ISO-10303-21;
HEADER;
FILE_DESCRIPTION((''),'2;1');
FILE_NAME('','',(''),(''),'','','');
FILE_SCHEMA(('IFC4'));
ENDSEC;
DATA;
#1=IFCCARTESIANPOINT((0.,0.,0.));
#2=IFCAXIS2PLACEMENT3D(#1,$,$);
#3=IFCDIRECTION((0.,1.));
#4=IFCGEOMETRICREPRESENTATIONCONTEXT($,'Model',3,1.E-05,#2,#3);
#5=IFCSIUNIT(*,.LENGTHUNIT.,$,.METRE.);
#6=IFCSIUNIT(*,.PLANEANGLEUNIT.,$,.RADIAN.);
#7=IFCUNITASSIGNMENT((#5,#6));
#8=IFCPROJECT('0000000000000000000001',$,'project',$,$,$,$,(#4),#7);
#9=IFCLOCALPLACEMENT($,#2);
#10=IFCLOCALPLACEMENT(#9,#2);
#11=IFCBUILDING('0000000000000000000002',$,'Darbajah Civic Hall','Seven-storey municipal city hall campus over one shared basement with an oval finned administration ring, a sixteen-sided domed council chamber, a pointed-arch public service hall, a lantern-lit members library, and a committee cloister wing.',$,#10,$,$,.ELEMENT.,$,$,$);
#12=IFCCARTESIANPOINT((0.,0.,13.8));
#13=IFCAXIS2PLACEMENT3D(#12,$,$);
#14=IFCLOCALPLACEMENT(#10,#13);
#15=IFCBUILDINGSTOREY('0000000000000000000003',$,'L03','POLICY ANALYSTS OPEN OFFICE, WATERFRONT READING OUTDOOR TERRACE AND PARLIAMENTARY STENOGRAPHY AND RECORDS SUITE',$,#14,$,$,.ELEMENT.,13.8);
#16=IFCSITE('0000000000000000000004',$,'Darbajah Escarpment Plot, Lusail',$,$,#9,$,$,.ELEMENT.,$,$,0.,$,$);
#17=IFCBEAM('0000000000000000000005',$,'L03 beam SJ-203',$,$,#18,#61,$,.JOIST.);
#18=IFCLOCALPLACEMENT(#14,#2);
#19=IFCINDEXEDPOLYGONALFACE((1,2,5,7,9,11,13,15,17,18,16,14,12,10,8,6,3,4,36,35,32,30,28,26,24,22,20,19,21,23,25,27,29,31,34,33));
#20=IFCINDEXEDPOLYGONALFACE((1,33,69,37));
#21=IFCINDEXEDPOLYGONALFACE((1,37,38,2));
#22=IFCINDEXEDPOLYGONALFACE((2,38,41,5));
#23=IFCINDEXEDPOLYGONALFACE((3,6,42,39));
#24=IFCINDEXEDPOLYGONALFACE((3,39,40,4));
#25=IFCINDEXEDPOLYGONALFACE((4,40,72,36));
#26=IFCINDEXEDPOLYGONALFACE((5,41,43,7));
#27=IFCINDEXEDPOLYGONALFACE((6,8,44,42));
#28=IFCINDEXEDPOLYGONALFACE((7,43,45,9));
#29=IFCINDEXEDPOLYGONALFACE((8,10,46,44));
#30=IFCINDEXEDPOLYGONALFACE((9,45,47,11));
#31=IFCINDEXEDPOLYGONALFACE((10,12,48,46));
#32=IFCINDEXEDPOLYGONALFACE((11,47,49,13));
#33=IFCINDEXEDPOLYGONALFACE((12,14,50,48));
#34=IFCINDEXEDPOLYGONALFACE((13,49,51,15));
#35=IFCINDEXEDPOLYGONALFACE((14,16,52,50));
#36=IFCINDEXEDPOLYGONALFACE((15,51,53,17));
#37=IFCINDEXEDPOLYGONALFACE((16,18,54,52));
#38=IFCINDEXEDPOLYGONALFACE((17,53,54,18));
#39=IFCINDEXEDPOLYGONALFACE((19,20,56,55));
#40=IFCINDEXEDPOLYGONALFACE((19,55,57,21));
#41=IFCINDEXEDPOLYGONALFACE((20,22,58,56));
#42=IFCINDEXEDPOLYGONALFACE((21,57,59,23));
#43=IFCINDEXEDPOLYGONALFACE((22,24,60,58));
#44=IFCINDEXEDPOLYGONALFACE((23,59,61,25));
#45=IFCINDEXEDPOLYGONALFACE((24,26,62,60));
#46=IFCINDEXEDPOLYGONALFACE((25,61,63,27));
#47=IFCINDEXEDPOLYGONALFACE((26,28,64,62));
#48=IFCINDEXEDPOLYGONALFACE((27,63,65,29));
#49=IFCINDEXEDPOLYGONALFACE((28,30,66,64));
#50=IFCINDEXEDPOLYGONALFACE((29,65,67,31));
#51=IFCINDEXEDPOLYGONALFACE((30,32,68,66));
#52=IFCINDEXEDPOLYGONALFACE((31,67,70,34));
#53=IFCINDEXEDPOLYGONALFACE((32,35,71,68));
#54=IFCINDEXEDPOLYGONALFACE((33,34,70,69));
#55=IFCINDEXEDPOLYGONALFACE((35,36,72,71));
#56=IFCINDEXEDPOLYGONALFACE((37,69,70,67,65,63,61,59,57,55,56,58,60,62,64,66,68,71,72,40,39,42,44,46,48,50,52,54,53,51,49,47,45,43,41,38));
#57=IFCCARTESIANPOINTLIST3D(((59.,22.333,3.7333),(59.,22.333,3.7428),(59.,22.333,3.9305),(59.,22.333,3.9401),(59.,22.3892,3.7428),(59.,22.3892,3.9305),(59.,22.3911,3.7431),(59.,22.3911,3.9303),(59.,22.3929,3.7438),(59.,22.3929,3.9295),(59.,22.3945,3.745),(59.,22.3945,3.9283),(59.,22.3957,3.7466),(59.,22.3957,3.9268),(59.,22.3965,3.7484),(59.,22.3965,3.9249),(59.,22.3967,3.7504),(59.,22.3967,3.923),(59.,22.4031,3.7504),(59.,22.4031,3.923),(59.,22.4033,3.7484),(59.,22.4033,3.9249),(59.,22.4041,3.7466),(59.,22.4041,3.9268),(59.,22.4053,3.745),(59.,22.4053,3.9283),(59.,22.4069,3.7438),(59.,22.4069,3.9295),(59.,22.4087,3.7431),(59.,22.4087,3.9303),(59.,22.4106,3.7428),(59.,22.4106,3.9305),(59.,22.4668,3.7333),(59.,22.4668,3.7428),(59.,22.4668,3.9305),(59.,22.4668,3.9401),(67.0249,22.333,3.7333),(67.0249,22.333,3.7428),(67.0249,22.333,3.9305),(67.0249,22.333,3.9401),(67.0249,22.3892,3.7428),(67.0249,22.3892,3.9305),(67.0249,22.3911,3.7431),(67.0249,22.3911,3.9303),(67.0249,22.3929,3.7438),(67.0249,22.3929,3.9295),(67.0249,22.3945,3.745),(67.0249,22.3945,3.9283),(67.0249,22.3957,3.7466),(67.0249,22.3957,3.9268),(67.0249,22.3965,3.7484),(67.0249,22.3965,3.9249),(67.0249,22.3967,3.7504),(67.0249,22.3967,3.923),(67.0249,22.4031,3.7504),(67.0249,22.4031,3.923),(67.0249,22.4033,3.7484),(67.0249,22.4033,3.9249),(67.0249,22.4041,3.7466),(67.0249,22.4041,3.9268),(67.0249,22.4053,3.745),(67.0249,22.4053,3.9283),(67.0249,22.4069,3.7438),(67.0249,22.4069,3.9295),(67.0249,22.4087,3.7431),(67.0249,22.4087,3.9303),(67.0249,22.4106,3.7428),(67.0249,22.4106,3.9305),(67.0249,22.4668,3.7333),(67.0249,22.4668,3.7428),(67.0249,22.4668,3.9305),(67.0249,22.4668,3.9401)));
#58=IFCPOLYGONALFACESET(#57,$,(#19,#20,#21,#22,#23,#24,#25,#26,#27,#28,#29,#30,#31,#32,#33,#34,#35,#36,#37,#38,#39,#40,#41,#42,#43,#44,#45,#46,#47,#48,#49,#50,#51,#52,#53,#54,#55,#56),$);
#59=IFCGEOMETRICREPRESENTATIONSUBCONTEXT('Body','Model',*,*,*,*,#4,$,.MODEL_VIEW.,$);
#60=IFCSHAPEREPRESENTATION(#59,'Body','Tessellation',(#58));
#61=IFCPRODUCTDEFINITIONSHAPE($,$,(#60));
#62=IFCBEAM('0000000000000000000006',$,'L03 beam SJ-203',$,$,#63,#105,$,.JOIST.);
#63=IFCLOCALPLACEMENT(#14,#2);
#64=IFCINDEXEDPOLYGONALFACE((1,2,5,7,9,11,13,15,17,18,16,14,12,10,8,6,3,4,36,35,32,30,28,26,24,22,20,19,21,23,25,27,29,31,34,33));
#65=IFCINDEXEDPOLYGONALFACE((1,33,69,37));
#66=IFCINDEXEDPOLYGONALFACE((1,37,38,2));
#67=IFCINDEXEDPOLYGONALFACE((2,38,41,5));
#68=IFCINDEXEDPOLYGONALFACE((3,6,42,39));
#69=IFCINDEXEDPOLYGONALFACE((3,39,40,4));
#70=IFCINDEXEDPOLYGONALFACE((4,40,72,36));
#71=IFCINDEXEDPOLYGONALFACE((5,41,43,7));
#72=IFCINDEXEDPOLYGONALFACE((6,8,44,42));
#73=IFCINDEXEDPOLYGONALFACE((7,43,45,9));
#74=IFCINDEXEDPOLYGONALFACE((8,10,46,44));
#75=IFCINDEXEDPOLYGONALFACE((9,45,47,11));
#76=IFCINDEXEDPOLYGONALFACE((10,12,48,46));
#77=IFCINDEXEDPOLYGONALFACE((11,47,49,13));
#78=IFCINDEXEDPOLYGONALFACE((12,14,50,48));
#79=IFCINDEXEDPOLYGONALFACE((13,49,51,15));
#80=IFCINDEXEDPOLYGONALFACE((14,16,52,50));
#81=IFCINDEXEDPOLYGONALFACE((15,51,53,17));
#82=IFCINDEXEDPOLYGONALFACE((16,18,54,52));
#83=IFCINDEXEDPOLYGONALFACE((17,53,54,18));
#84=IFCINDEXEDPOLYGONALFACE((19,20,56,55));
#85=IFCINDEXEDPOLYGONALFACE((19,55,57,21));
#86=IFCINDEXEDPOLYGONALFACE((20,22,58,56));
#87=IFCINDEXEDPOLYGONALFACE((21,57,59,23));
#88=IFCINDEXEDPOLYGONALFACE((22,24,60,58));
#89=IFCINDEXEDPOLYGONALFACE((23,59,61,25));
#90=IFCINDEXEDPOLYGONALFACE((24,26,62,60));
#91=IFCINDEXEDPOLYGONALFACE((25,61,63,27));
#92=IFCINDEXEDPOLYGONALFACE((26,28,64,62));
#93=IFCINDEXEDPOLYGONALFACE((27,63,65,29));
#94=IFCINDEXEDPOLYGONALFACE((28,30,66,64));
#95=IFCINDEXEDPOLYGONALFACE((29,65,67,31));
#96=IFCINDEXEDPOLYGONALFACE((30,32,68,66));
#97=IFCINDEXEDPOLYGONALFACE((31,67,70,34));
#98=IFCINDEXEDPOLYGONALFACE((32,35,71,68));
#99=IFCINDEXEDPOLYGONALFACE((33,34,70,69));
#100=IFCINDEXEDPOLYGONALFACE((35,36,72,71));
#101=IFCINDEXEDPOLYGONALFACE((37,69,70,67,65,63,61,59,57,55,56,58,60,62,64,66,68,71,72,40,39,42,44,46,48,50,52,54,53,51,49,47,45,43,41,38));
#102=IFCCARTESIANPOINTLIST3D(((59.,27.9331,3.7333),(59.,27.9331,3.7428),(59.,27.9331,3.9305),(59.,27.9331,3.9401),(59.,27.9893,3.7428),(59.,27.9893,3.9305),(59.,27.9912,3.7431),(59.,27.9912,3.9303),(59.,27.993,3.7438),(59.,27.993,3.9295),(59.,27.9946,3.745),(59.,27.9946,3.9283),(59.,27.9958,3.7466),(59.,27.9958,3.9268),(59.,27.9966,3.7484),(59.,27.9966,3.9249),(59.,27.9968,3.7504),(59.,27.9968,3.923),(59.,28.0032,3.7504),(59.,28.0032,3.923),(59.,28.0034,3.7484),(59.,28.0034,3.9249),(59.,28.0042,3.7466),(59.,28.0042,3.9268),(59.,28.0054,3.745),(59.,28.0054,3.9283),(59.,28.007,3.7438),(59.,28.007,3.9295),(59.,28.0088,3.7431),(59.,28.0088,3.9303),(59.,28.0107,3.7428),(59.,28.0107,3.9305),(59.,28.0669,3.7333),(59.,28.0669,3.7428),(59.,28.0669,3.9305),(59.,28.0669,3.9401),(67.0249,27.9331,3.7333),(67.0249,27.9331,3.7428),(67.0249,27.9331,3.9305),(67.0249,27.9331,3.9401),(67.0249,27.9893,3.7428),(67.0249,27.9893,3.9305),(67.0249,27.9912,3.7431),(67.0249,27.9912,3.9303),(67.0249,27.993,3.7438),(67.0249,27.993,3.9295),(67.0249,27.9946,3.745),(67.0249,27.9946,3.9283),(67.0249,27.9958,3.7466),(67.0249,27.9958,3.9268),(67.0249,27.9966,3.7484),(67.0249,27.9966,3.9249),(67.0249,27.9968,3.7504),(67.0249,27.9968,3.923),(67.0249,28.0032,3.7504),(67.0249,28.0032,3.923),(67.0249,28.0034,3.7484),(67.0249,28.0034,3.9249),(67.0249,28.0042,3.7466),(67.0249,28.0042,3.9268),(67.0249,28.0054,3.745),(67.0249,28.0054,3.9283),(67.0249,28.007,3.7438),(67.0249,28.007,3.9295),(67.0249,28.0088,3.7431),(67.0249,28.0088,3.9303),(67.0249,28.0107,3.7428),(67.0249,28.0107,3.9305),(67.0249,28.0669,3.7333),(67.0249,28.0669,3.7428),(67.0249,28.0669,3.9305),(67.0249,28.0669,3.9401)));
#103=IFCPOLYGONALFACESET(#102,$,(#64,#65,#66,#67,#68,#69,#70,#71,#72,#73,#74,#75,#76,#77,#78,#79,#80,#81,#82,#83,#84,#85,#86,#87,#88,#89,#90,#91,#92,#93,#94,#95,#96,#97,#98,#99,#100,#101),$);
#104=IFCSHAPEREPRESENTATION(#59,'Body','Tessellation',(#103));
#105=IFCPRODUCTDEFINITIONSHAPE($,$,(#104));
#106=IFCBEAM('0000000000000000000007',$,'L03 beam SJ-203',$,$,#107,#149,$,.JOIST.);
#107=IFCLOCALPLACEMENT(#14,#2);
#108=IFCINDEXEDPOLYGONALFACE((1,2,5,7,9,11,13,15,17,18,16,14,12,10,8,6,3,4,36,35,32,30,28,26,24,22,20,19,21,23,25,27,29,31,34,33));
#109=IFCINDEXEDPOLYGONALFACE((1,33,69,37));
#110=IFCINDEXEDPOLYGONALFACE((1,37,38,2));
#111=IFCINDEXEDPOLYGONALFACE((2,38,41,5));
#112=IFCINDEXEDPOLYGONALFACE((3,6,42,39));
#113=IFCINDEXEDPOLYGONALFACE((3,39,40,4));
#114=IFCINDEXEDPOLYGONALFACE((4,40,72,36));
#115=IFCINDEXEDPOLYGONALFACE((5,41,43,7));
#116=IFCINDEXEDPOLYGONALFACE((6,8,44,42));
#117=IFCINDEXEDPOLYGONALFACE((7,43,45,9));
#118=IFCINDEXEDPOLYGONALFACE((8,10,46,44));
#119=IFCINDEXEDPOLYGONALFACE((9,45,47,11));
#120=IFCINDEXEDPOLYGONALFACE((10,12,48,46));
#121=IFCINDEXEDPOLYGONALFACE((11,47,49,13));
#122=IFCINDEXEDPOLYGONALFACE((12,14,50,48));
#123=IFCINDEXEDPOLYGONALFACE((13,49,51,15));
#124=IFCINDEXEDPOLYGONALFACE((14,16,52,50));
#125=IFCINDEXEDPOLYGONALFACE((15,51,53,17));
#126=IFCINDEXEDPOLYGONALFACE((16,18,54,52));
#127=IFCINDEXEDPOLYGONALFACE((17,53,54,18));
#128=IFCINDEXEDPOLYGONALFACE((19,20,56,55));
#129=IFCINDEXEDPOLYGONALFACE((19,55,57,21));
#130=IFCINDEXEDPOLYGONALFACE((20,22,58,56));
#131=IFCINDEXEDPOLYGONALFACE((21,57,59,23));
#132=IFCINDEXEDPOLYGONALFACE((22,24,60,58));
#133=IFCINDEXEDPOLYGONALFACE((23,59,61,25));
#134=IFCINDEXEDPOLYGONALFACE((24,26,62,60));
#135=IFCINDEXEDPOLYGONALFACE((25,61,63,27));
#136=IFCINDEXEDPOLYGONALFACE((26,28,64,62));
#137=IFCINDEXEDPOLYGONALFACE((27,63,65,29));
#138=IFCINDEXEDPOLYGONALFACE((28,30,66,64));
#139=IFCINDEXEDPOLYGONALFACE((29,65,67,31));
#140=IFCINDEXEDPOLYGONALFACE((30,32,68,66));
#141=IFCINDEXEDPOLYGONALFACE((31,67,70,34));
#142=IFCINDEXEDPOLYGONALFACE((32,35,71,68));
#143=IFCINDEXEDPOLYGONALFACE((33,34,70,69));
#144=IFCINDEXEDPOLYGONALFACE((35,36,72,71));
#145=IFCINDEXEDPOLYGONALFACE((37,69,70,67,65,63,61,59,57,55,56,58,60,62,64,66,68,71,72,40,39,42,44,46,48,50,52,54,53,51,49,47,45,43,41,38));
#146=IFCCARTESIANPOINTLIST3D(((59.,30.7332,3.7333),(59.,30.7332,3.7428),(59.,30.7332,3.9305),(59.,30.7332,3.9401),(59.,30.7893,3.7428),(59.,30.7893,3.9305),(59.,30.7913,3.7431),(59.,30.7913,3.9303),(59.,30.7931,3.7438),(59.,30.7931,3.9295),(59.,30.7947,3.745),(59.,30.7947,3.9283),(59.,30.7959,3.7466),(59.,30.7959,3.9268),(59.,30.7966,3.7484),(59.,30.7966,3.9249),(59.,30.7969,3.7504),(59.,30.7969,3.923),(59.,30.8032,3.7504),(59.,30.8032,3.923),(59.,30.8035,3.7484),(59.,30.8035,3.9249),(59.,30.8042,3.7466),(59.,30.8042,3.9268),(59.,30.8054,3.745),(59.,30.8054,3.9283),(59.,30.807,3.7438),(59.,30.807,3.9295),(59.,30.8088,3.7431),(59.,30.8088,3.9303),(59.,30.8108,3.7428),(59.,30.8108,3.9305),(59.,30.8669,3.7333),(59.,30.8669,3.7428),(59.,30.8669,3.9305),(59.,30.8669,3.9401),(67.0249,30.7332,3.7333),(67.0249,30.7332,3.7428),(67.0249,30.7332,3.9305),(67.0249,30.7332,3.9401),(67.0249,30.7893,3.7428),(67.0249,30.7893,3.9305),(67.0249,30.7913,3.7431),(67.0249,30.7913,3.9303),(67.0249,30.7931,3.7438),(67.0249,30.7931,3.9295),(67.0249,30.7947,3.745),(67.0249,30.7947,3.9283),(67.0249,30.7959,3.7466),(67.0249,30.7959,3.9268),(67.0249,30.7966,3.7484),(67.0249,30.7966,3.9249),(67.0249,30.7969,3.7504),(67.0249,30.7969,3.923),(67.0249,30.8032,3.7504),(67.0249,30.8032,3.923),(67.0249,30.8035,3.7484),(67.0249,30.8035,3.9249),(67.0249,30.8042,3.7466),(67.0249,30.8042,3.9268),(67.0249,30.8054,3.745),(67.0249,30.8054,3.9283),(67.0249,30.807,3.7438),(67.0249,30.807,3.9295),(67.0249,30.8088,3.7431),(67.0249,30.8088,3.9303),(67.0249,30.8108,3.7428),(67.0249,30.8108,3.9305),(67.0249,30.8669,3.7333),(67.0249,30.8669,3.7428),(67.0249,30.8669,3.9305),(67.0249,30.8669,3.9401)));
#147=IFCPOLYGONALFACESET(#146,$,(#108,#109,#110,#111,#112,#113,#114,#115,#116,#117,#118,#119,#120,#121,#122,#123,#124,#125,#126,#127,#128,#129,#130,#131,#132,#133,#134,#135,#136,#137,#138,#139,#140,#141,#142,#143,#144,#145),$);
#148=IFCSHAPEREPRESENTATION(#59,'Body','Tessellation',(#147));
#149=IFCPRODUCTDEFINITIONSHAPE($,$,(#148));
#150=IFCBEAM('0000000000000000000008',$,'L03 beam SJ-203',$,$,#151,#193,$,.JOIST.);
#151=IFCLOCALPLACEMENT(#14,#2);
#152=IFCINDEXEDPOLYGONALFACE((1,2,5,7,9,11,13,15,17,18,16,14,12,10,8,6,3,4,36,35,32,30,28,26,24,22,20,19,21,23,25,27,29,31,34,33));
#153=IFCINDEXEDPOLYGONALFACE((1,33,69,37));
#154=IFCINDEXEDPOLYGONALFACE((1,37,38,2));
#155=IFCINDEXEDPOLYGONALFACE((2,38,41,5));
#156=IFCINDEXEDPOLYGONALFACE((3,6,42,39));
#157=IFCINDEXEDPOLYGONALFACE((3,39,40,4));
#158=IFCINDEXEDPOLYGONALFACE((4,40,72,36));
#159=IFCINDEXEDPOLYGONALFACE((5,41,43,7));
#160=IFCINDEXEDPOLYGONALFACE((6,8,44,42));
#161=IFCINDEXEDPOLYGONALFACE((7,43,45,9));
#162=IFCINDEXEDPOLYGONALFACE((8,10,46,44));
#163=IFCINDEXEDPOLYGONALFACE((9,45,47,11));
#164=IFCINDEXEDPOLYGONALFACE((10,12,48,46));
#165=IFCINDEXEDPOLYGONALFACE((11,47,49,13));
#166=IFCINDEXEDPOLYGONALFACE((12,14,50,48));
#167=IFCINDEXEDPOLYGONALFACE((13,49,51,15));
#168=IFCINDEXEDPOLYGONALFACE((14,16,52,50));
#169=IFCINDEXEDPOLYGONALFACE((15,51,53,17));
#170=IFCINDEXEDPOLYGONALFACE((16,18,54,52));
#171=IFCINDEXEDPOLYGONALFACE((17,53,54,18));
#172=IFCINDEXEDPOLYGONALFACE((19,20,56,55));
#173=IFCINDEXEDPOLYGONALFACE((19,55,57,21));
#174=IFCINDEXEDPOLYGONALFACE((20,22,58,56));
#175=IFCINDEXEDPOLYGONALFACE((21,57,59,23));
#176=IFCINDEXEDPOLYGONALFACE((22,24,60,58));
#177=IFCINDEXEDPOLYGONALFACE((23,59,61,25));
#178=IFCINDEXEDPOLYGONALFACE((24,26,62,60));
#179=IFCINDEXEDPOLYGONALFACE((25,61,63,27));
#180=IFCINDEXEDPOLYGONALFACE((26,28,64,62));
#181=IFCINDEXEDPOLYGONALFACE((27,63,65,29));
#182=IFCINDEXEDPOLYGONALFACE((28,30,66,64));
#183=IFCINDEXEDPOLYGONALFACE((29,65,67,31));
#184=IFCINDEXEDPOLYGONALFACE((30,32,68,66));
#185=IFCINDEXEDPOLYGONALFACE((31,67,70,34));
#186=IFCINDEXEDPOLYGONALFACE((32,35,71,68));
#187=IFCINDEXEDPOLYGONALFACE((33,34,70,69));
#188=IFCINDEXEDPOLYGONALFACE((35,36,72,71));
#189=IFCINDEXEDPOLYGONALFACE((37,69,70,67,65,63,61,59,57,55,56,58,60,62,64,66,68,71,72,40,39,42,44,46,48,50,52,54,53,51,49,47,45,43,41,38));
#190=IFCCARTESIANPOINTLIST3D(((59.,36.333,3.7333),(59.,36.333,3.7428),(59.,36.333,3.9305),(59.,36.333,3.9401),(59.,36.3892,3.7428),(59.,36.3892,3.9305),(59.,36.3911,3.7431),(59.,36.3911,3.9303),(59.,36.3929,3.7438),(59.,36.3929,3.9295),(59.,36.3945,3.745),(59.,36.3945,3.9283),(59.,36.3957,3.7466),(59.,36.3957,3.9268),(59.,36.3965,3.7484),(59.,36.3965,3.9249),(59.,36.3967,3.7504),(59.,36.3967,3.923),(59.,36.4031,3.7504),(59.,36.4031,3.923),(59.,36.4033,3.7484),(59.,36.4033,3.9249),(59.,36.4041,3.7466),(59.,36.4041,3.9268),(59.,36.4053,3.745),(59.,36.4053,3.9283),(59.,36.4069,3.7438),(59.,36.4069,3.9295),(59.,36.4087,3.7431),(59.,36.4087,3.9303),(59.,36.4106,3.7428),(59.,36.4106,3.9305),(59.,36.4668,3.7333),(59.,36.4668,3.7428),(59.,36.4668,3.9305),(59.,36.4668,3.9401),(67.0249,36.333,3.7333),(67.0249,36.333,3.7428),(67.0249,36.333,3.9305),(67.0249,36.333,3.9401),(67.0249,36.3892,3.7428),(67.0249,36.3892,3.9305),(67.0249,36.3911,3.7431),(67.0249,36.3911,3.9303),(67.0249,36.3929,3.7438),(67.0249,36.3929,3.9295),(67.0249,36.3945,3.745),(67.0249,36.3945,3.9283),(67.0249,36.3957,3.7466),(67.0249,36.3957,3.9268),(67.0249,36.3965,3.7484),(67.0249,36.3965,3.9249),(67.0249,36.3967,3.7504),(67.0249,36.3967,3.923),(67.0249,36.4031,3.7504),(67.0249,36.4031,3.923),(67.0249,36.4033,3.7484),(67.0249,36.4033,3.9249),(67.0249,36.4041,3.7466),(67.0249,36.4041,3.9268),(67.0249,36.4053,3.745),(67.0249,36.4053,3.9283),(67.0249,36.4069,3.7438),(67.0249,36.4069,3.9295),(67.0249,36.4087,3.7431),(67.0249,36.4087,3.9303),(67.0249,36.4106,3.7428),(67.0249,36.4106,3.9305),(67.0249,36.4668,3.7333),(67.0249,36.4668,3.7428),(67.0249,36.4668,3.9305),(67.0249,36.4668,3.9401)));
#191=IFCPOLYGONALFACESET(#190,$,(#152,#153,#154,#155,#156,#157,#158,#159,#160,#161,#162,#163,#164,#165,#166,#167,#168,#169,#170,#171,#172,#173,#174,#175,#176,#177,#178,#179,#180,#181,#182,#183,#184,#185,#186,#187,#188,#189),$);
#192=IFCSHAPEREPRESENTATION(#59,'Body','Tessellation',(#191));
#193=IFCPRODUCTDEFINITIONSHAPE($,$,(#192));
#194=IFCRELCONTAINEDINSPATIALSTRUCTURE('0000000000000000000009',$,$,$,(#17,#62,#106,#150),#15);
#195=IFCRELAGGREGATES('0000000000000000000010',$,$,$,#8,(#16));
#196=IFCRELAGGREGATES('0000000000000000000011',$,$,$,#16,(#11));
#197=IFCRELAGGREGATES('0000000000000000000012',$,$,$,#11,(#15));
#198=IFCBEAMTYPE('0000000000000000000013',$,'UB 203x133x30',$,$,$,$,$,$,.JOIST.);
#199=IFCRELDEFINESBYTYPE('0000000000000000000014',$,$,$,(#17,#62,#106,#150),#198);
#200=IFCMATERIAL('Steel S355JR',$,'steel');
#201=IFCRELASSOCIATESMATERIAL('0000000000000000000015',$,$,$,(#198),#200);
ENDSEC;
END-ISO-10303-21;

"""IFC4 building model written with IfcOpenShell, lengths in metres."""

from ifc_helpers import new_model, si_unit, direction, frame, origin, origin_2d, place, context, subcontext, project, spatial, i_section, extrude, material, material_profile, profile_set, type_object, element, save


model = new_model("IFC4")

# Units and contexts
model_context = context("Model", 3, precision=1e-05, world=origin(), true_north=direction((0.0, 1.0)))
body_context = subcontext(model_context, "Body", "Model", "MODEL_VIEW")
ifc_project = project(units=[si_unit("LENGTHUNIT", "METRE"), si_unit("PLANEANGLEUNIT", "RADIAN")], contexts=[model_context])

# Site, building, storey
site_placement = place(None, origin())
site = spatial("IfcSite", under=ifc_project, at=site_placement, Name="Darbajah Escarpment Plot, Lusail", CompositionType="ELEMENT", RefElevation=0.0)
building_placement = place(site_placement, origin())
building = spatial("IfcBuilding", under=site, at=building_placement, Name="Darbajah Civic Hall", Description="Seven-storey municipal city hall campus over one shared basement with an oval finned administration ring, a sixteen-sided domed council chamber, a pointed-arch public service hall, a lantern-lit members library, and a committee cloister wing.", CompositionType="ELEMENT")
storey_placement = place(building_placement, frame((0.0, 0.0, 13.8)))
storey = spatial("IfcBuildingStorey", under=building, at=storey_placement, Name="L03", Description="POLICY ANALYSTS OPEN OFFICE, WATERFRONT READING OUTDOOR TERRACE AND PARLIAMENTARY STENOGRAPHY AND RECORDS SUITE", CompositionType="ELEMENT", Elevation=13.8)

# Beams
ifc_material_1 = material(Name="Steel S355JR", Category="steel")
ifc_material_profile_1 = material_profile(ifc_material_1, i_section(OverallWidth=0.1338, OverallDepth=0.2068, WebThickness=0.0063, FlangeThickness=0.0095, FilletRadius=0.0076, at=origin_2d()), Name="UB 203x133x30")
ifc_profile_set_1 = profile_set([ifc_material_profile_1], Name="Steel S355JR")
beam_type_1 = type_object("IfcBeamType", Name="UB 203x133x30", PredefinedType="JOIST", material=ifc_profile_set_1)
for number, where, z_axis, x_axis, name in (
    (1, (59.0, 22.3999, 3.8367), (1.0, 0.0, 0.0), (0.0, 1.0, 0.0), "L03 beam SJ-203"),
    (2, (59.0, 28.0, 3.8367), (1.0, 0.0, 0.0), (0.0, 1.0, 0.0), "L03 beam SJ-203"),
    (3, (59.0, 30.8, 3.8367), (1.0, 0.0, 0.0), (0.0, 1.0, 0.0), "L03 beam SJ-203"),
    (4, (59.0, 36.3999, 3.8367), (1.0, 0.0, 0.0), (0.0, 1.0, 0.0), "L03 beam SJ-203"),
):
    element("IfcBeam", number, at=place(storey_placement, frame(where, z_axis=z_axis, x_axis=x_axis)), inside=storey, type_object=beam_type_1, Name=name, PredefinedType="JOIST", context=body_context, shape_type="SweptSolid", body=[
        extrude(i_section(OverallWidth=0.1338, OverallDepth=0.2068, WebThickness=0.0063, FlangeThickness=0.0095, FilletRadius=0.0076, at=origin_2d()), origin(), (0.0, 0.0, 1.0), 8.0249),
    ])

save(model, "model.ifc")
